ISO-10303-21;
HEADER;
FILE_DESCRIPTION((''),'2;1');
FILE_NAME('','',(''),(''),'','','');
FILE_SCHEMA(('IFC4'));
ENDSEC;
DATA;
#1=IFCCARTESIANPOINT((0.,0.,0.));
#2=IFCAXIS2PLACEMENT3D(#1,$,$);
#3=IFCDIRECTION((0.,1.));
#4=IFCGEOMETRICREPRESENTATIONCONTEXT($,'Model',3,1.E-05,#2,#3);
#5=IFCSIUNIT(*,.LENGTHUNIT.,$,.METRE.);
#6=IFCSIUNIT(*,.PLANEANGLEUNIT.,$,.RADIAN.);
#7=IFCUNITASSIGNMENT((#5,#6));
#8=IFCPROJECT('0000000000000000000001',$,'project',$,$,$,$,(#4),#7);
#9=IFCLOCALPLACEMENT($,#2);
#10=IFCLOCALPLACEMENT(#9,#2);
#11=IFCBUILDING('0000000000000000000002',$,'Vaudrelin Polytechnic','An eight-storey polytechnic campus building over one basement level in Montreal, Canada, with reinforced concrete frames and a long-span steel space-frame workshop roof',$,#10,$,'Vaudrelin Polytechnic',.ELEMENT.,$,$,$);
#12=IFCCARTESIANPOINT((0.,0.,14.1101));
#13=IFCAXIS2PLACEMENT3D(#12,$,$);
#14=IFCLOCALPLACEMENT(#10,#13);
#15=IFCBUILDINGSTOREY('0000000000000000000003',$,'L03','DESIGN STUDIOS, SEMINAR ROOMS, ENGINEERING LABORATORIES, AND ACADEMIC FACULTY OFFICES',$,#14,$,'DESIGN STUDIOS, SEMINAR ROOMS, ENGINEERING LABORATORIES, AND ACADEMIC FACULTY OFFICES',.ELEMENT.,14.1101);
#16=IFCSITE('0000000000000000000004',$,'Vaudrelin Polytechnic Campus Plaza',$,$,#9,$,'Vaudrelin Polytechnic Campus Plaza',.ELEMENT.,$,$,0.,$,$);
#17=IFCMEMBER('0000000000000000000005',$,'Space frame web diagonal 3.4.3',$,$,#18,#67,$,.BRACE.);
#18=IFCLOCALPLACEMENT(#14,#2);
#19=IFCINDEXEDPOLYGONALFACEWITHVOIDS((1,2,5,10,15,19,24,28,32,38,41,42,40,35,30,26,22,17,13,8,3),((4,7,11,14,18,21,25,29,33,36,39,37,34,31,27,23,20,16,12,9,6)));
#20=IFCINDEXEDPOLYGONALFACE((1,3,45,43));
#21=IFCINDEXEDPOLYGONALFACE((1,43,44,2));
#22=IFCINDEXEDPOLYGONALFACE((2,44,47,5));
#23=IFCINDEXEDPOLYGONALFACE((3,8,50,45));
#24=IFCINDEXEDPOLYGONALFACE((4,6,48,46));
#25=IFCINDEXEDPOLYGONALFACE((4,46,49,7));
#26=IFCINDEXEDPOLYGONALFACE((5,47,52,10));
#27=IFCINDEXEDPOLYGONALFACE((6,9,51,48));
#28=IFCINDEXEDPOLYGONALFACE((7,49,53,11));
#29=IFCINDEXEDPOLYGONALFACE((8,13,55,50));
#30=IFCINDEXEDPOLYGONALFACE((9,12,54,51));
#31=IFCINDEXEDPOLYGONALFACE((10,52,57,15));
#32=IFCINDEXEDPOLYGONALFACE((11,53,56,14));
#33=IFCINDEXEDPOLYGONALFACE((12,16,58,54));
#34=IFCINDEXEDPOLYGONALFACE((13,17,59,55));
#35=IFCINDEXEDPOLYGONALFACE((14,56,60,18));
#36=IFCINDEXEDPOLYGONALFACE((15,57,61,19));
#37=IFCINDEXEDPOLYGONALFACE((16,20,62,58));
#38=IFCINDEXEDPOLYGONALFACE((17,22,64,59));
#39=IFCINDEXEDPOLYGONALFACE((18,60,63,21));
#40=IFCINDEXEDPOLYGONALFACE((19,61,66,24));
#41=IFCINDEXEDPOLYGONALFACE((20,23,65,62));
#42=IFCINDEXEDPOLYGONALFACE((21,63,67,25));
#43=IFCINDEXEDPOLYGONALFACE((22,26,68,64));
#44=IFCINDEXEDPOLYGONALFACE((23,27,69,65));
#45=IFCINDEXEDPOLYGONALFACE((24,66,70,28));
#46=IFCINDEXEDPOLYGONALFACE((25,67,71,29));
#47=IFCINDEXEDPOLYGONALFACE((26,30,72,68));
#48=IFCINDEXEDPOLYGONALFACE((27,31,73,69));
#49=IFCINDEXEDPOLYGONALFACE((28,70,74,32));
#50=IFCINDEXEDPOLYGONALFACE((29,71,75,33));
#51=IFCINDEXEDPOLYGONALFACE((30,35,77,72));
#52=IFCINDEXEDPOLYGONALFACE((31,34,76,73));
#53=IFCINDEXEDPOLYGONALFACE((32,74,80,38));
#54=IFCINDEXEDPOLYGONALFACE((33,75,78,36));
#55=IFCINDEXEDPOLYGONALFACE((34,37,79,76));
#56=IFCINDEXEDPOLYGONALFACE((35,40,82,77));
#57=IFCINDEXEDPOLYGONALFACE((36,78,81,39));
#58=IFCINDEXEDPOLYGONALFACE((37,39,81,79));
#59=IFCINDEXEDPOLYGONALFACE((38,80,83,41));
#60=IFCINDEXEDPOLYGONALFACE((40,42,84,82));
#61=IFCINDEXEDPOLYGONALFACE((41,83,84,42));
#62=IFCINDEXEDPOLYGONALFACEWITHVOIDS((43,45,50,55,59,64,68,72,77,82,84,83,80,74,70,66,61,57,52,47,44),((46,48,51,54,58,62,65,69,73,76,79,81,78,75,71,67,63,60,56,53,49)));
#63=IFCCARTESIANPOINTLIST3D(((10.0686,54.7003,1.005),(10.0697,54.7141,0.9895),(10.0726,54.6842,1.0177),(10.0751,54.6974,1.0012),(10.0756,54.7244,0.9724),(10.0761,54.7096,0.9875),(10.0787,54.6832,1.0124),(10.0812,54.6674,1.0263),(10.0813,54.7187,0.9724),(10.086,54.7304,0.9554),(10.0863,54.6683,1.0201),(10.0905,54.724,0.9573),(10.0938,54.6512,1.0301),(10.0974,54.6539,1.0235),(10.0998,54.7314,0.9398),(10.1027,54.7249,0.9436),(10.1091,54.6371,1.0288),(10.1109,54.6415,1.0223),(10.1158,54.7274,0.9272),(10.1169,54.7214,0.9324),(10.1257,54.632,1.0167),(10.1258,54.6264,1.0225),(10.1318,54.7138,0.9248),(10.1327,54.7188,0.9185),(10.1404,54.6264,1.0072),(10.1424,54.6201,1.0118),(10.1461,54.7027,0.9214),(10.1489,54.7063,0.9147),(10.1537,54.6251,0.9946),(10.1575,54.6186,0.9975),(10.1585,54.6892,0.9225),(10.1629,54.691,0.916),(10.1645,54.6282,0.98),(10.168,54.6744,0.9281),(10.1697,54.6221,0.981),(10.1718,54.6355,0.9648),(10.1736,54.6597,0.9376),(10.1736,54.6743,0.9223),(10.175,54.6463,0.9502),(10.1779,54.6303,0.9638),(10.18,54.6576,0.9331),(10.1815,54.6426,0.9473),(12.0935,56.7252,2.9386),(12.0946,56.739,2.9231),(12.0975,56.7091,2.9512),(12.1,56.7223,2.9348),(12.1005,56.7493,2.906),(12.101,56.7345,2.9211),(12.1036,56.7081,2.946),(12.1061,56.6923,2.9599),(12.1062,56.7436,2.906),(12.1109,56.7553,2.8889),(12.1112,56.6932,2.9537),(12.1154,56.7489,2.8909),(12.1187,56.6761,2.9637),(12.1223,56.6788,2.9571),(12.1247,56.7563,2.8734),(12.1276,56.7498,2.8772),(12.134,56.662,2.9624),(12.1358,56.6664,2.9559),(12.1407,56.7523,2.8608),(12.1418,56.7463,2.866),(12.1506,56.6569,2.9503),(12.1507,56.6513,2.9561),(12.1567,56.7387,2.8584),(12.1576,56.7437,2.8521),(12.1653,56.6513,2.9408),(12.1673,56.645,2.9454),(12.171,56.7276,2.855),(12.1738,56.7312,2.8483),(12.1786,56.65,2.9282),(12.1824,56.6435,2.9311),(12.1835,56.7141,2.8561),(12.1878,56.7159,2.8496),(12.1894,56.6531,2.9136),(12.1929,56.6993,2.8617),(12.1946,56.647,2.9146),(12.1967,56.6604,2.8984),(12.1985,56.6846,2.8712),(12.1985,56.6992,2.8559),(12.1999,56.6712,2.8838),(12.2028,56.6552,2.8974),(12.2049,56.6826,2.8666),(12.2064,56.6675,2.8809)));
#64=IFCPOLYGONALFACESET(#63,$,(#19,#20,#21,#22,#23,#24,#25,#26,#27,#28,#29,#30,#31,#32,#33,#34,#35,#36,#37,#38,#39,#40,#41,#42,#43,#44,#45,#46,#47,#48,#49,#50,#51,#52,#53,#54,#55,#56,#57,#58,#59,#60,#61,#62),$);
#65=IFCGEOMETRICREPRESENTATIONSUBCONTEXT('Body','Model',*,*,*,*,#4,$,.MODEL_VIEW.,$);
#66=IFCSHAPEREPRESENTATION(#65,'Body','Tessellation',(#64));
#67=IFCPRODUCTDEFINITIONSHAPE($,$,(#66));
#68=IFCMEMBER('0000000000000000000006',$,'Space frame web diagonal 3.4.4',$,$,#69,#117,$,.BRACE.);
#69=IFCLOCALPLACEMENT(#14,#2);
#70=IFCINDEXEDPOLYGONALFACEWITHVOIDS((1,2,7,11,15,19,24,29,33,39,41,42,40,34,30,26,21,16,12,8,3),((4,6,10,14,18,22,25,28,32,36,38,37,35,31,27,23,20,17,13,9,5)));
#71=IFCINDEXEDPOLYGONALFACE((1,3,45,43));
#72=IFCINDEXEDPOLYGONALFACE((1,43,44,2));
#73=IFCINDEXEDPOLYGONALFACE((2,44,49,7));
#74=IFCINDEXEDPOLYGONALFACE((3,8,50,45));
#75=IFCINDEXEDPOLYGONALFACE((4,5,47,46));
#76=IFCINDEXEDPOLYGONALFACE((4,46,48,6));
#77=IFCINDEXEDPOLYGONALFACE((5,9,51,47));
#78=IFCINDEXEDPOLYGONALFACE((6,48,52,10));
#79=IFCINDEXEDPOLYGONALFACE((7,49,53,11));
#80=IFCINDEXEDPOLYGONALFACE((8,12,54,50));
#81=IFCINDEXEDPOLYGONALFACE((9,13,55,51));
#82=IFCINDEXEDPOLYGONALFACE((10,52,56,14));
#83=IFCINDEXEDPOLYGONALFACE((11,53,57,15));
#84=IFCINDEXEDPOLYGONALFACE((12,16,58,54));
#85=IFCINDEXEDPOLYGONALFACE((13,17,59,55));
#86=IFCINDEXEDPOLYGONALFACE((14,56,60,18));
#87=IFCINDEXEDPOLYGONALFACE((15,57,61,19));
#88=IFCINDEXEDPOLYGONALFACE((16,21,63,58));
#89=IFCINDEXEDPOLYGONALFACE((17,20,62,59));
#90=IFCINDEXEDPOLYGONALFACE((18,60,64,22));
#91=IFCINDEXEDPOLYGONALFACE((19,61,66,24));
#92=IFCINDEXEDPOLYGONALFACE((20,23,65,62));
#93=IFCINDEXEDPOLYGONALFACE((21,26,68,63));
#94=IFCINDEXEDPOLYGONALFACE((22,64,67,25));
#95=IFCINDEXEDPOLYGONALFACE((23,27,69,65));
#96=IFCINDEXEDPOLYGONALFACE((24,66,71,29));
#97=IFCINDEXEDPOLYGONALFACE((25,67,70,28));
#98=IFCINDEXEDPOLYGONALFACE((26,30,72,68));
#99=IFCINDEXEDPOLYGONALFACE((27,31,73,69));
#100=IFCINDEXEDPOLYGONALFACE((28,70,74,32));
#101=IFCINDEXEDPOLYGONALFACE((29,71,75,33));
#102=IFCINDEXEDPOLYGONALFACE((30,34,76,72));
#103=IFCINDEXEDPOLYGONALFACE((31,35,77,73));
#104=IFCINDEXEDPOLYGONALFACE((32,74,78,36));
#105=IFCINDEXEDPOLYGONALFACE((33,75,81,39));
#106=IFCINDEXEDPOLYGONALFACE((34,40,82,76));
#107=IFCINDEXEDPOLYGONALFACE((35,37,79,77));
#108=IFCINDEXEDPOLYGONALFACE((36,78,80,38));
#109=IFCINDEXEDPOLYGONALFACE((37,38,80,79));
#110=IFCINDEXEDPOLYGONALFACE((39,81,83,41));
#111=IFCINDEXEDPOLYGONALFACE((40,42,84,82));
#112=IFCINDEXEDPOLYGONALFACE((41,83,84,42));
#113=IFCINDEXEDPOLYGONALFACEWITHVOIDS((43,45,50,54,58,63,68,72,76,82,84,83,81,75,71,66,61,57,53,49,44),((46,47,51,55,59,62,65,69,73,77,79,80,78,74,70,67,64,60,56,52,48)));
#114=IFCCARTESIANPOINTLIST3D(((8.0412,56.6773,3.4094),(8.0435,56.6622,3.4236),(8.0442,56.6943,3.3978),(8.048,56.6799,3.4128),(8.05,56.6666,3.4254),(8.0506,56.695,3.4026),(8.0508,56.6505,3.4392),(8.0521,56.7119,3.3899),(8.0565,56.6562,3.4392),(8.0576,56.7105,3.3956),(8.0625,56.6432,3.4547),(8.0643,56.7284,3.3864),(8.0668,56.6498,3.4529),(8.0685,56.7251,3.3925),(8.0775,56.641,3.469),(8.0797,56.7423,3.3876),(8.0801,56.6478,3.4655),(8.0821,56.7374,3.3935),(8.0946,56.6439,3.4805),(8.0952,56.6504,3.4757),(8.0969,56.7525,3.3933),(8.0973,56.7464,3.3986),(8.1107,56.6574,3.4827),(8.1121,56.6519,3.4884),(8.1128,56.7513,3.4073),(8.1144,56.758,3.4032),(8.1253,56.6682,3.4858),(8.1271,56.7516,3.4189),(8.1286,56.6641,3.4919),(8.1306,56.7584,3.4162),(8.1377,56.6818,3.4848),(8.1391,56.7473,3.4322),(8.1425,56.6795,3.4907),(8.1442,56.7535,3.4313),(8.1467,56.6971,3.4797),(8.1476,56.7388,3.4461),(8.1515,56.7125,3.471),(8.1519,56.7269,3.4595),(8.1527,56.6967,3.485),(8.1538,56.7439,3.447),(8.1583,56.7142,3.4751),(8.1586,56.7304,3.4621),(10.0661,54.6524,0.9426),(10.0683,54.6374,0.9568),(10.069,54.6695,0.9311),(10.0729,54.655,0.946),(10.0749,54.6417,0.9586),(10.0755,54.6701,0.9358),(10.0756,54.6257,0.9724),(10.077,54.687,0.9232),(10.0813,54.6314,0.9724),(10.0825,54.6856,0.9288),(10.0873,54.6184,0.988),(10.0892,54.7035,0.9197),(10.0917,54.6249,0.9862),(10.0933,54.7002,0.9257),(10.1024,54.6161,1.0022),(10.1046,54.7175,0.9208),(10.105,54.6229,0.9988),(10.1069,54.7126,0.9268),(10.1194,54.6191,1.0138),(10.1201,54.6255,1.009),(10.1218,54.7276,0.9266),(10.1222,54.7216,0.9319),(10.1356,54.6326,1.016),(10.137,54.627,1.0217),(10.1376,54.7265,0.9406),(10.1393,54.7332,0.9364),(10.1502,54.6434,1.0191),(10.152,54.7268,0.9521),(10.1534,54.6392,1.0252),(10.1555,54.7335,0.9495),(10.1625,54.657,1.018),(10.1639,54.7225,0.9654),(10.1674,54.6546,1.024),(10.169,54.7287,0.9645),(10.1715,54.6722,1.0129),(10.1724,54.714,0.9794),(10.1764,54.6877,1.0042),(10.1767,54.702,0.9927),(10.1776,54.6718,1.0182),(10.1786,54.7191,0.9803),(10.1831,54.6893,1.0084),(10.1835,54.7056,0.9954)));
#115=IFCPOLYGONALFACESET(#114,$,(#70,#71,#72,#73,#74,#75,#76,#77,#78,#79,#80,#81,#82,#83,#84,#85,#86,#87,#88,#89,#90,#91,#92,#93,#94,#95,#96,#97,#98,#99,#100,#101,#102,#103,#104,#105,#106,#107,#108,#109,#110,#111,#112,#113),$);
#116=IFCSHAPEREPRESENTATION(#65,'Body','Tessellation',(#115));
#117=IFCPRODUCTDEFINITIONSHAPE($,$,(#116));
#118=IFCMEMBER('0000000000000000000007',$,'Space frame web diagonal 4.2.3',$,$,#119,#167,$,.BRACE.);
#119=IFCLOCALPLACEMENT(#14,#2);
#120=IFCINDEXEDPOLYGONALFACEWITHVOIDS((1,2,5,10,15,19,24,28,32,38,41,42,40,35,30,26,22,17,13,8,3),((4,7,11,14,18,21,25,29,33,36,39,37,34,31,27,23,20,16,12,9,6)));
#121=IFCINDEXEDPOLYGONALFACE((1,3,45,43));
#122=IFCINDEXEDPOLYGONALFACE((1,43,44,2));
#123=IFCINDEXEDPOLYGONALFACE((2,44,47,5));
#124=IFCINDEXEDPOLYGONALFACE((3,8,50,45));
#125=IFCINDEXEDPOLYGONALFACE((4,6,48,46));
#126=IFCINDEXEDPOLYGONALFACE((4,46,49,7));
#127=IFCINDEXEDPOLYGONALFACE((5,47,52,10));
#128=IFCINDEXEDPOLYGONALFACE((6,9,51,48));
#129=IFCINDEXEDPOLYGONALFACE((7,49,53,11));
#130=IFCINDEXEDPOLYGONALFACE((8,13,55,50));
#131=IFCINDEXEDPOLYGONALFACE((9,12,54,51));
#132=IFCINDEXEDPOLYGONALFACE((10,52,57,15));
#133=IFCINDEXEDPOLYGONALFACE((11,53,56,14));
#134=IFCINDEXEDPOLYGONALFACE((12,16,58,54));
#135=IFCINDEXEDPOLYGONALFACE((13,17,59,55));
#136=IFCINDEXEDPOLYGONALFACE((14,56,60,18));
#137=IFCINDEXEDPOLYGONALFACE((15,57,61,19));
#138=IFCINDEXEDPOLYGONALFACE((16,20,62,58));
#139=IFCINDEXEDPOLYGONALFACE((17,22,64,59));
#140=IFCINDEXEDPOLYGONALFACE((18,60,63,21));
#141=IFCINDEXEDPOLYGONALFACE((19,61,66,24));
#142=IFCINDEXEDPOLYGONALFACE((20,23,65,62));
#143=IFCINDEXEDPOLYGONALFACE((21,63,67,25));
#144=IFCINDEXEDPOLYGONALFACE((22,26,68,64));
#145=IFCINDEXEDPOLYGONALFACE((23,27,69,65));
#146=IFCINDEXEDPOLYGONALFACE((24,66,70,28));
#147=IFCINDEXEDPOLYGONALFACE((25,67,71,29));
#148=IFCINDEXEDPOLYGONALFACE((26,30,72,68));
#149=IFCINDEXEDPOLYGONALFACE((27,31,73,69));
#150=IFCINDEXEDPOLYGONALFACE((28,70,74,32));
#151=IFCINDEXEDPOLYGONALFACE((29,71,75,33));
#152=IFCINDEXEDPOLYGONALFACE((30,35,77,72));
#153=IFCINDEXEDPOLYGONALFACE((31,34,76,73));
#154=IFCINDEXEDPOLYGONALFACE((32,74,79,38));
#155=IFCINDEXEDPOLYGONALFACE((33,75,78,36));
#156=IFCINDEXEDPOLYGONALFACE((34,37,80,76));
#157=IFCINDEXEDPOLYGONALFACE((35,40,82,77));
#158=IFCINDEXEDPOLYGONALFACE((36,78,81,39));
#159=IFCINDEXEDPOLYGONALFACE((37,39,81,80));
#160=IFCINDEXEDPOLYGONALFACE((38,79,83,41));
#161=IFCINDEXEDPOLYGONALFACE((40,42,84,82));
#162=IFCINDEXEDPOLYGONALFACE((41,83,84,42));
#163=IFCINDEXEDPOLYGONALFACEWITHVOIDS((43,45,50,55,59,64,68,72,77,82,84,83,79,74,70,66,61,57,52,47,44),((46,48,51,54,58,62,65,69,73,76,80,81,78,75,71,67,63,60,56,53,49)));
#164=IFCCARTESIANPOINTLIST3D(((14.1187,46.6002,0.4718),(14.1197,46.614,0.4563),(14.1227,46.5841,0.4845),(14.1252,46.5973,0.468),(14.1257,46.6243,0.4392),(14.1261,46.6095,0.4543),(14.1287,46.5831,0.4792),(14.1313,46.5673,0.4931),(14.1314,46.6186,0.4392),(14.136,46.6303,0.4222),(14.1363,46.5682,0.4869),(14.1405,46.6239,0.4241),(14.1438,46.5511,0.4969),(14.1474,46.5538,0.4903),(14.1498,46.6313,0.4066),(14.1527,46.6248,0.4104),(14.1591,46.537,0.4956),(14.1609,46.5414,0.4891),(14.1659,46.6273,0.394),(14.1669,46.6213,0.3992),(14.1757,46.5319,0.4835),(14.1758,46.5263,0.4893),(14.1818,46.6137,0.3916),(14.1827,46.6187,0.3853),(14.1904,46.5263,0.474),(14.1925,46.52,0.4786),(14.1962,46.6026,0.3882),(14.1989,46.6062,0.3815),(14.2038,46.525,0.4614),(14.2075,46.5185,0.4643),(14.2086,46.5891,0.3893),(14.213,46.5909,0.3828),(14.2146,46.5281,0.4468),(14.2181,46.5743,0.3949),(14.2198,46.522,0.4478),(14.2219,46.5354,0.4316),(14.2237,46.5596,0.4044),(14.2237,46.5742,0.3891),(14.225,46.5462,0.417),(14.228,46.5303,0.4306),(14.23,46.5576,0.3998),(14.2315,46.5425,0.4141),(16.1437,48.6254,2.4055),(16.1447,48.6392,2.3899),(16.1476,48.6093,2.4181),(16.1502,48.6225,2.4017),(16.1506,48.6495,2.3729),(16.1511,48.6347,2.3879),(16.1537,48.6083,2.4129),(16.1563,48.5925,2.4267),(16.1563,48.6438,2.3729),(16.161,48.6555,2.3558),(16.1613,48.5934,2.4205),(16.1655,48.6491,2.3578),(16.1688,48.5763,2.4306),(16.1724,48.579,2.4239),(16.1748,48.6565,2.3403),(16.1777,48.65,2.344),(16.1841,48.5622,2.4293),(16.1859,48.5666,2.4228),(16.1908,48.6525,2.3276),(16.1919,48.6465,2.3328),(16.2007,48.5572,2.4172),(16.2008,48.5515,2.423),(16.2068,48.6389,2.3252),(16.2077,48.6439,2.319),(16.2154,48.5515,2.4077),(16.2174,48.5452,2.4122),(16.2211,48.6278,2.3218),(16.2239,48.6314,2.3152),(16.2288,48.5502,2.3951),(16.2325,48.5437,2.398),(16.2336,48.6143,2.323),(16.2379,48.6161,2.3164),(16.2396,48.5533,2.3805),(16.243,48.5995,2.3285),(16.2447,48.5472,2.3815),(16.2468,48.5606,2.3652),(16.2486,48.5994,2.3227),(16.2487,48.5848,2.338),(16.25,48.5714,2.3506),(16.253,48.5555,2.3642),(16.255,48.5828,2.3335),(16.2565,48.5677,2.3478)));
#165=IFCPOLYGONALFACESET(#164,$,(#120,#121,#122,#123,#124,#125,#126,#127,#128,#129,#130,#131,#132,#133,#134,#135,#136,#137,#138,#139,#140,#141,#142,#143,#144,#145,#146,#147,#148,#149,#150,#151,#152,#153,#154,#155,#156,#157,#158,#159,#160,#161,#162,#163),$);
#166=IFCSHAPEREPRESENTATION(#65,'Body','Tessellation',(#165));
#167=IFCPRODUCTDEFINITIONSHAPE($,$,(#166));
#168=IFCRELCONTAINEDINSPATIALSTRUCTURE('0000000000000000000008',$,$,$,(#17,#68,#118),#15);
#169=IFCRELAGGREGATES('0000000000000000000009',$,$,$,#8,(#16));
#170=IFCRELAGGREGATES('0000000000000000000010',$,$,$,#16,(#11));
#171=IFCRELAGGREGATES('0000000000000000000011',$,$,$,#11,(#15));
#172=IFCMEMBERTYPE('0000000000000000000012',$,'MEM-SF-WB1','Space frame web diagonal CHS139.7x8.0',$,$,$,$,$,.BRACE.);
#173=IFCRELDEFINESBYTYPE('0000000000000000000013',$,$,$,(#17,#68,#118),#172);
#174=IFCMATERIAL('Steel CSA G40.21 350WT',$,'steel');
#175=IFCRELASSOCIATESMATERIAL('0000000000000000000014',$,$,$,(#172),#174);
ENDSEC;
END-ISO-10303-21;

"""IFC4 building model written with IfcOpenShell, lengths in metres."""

from ifc_helpers import new_model, si_unit, direction, frame, origin, origin_2d, place, context, subcontext, project, spatial, hollow_circle, extrude, material, material_profile, profile_set, type_object, element, save


model = new_model("IFC4")

# Units and contexts
model_context = context("Model", 3, precision=1e-05, world=origin(), true_north=direction((0.0, 1.0)))
body_context = subcontext(model_context, "Body", "Model", "MODEL_VIEW")
ifc_project = project(units=[si_unit("LENGTHUNIT", "METRE"), si_unit("PLANEANGLEUNIT", "RADIAN")], contexts=[model_context])

# Site, building, storey
site_placement = place(None, origin())
site = spatial("IfcSite", under=ifc_project, at=site_placement, Name="Vaudrelin Polytechnic Campus Plaza", LongName="Vaudrelin Polytechnic Campus Plaza", CompositionType="ELEMENT", RefElevation=0.0)
building_placement = place(site_placement, origin())
building = spatial("IfcBuilding", under=site, at=building_placement, Name="Vaudrelin Polytechnic", Description="An eight-storey polytechnic campus building over one basement level in Montreal, Canada, with reinforced concrete frames and a long-span steel space-frame workshop roof", LongName="Vaudrelin Polytechnic", CompositionType="ELEMENT")
storey_placement = place(building_placement, frame((0.0, 0.0, 14.1101)))
storey = spatial("IfcBuildingStorey", under=building, at=storey_placement, Name="L03", Description="DESIGN STUDIOS, SEMINAR ROOMS, ENGINEERING LABORATORIES, AND ACADEMIC FACULTY OFFICES", LongName="DESIGN STUDIOS, SEMINAR ROOMS, ENGINEERING LABORATORIES, AND ACADEMIC FACULTY OFFICES", CompositionType="ELEMENT", Elevation=14.1101)

# Members
ifc_material = material(Name="Steel CSA G40.21 350WT", Category="steel")
ifc_material_profile_1 = material_profile(ifc_material, hollow_circle(Radius=0.0698, WallThickness=0.0081, at=origin_2d()), Name="CHS139.7x8.0")
ifc_profile_set_1 = profile_set([ifc_material_profile_1], Name="Steel CSA G40.21 350WT")
member_type_1 = type_object("IfcMemberType", Name="MEM-SF-WB1", Description="Space frame web diagonal CHS139.7x8.0", PredefinedType="BRACE", material=ifc_profile_set_1)
member_1_placement = place(storey_placement, frame((10.125, 54.675, 0.9724), z_axis=(0.586024, 0.586024, 0.559599), x_axis=(-0.707107, 0.707107, 0.0)))
element("IfcMember", 1, at=member_1_placement, inside=storey, type_object=member_type_1, Name="Space frame web diagonal 3.4.3", PredefinedType="BRACE", context=body_context, shape_type="SweptSolid", body=[
    extrude(hollow_circle(Radius=0.0698, WallThickness=0.0081, at=origin_2d()), origin(), (0.0, 0.0, 1.0), 3.4553),
])
member_2_placement = place(storey_placement, frame((10.125, 54.675, 0.9724), z_axis=(-0.535742, 0.535742, 0.652657), x_axis=(-0.707107, -0.707107, 0.0)))
element("IfcMember", 2, at=member_2_placement, inside=storey, type_object=member_type_1, Name="Space frame web diagonal 3.4.4", PredefinedType="BRACE", context=body_context, shape_type="SweptSolid", body=[
    extrude(hollow_circle(Radius=0.0698, WallThickness=0.0081, at=origin_2d()), origin(), (0.0, 0.0, 1.0), 3.7795),
])
member_3_placement = place(storey_placement, frame((14.175, 46.575, 0.4392), z_axis=(0.586, 0.586071, 0.559576), x_axis=(-0.707149, 0.707064, 0.0)))
element("IfcMember", 3, at=member_3_placement, inside=storey, type_object=member_type_1, Name="Space frame web diagonal 4.2.3", PredefinedType="BRACE", context=body_context, shape_type="SweptSolid", body=[
    extrude(hollow_circle(Radius=0.0698, WallThickness=0.0081, at=origin_2d()), origin(), (0.0, 0.0, 1.0), 3.4556),
])

save(model, "model.ifc")
